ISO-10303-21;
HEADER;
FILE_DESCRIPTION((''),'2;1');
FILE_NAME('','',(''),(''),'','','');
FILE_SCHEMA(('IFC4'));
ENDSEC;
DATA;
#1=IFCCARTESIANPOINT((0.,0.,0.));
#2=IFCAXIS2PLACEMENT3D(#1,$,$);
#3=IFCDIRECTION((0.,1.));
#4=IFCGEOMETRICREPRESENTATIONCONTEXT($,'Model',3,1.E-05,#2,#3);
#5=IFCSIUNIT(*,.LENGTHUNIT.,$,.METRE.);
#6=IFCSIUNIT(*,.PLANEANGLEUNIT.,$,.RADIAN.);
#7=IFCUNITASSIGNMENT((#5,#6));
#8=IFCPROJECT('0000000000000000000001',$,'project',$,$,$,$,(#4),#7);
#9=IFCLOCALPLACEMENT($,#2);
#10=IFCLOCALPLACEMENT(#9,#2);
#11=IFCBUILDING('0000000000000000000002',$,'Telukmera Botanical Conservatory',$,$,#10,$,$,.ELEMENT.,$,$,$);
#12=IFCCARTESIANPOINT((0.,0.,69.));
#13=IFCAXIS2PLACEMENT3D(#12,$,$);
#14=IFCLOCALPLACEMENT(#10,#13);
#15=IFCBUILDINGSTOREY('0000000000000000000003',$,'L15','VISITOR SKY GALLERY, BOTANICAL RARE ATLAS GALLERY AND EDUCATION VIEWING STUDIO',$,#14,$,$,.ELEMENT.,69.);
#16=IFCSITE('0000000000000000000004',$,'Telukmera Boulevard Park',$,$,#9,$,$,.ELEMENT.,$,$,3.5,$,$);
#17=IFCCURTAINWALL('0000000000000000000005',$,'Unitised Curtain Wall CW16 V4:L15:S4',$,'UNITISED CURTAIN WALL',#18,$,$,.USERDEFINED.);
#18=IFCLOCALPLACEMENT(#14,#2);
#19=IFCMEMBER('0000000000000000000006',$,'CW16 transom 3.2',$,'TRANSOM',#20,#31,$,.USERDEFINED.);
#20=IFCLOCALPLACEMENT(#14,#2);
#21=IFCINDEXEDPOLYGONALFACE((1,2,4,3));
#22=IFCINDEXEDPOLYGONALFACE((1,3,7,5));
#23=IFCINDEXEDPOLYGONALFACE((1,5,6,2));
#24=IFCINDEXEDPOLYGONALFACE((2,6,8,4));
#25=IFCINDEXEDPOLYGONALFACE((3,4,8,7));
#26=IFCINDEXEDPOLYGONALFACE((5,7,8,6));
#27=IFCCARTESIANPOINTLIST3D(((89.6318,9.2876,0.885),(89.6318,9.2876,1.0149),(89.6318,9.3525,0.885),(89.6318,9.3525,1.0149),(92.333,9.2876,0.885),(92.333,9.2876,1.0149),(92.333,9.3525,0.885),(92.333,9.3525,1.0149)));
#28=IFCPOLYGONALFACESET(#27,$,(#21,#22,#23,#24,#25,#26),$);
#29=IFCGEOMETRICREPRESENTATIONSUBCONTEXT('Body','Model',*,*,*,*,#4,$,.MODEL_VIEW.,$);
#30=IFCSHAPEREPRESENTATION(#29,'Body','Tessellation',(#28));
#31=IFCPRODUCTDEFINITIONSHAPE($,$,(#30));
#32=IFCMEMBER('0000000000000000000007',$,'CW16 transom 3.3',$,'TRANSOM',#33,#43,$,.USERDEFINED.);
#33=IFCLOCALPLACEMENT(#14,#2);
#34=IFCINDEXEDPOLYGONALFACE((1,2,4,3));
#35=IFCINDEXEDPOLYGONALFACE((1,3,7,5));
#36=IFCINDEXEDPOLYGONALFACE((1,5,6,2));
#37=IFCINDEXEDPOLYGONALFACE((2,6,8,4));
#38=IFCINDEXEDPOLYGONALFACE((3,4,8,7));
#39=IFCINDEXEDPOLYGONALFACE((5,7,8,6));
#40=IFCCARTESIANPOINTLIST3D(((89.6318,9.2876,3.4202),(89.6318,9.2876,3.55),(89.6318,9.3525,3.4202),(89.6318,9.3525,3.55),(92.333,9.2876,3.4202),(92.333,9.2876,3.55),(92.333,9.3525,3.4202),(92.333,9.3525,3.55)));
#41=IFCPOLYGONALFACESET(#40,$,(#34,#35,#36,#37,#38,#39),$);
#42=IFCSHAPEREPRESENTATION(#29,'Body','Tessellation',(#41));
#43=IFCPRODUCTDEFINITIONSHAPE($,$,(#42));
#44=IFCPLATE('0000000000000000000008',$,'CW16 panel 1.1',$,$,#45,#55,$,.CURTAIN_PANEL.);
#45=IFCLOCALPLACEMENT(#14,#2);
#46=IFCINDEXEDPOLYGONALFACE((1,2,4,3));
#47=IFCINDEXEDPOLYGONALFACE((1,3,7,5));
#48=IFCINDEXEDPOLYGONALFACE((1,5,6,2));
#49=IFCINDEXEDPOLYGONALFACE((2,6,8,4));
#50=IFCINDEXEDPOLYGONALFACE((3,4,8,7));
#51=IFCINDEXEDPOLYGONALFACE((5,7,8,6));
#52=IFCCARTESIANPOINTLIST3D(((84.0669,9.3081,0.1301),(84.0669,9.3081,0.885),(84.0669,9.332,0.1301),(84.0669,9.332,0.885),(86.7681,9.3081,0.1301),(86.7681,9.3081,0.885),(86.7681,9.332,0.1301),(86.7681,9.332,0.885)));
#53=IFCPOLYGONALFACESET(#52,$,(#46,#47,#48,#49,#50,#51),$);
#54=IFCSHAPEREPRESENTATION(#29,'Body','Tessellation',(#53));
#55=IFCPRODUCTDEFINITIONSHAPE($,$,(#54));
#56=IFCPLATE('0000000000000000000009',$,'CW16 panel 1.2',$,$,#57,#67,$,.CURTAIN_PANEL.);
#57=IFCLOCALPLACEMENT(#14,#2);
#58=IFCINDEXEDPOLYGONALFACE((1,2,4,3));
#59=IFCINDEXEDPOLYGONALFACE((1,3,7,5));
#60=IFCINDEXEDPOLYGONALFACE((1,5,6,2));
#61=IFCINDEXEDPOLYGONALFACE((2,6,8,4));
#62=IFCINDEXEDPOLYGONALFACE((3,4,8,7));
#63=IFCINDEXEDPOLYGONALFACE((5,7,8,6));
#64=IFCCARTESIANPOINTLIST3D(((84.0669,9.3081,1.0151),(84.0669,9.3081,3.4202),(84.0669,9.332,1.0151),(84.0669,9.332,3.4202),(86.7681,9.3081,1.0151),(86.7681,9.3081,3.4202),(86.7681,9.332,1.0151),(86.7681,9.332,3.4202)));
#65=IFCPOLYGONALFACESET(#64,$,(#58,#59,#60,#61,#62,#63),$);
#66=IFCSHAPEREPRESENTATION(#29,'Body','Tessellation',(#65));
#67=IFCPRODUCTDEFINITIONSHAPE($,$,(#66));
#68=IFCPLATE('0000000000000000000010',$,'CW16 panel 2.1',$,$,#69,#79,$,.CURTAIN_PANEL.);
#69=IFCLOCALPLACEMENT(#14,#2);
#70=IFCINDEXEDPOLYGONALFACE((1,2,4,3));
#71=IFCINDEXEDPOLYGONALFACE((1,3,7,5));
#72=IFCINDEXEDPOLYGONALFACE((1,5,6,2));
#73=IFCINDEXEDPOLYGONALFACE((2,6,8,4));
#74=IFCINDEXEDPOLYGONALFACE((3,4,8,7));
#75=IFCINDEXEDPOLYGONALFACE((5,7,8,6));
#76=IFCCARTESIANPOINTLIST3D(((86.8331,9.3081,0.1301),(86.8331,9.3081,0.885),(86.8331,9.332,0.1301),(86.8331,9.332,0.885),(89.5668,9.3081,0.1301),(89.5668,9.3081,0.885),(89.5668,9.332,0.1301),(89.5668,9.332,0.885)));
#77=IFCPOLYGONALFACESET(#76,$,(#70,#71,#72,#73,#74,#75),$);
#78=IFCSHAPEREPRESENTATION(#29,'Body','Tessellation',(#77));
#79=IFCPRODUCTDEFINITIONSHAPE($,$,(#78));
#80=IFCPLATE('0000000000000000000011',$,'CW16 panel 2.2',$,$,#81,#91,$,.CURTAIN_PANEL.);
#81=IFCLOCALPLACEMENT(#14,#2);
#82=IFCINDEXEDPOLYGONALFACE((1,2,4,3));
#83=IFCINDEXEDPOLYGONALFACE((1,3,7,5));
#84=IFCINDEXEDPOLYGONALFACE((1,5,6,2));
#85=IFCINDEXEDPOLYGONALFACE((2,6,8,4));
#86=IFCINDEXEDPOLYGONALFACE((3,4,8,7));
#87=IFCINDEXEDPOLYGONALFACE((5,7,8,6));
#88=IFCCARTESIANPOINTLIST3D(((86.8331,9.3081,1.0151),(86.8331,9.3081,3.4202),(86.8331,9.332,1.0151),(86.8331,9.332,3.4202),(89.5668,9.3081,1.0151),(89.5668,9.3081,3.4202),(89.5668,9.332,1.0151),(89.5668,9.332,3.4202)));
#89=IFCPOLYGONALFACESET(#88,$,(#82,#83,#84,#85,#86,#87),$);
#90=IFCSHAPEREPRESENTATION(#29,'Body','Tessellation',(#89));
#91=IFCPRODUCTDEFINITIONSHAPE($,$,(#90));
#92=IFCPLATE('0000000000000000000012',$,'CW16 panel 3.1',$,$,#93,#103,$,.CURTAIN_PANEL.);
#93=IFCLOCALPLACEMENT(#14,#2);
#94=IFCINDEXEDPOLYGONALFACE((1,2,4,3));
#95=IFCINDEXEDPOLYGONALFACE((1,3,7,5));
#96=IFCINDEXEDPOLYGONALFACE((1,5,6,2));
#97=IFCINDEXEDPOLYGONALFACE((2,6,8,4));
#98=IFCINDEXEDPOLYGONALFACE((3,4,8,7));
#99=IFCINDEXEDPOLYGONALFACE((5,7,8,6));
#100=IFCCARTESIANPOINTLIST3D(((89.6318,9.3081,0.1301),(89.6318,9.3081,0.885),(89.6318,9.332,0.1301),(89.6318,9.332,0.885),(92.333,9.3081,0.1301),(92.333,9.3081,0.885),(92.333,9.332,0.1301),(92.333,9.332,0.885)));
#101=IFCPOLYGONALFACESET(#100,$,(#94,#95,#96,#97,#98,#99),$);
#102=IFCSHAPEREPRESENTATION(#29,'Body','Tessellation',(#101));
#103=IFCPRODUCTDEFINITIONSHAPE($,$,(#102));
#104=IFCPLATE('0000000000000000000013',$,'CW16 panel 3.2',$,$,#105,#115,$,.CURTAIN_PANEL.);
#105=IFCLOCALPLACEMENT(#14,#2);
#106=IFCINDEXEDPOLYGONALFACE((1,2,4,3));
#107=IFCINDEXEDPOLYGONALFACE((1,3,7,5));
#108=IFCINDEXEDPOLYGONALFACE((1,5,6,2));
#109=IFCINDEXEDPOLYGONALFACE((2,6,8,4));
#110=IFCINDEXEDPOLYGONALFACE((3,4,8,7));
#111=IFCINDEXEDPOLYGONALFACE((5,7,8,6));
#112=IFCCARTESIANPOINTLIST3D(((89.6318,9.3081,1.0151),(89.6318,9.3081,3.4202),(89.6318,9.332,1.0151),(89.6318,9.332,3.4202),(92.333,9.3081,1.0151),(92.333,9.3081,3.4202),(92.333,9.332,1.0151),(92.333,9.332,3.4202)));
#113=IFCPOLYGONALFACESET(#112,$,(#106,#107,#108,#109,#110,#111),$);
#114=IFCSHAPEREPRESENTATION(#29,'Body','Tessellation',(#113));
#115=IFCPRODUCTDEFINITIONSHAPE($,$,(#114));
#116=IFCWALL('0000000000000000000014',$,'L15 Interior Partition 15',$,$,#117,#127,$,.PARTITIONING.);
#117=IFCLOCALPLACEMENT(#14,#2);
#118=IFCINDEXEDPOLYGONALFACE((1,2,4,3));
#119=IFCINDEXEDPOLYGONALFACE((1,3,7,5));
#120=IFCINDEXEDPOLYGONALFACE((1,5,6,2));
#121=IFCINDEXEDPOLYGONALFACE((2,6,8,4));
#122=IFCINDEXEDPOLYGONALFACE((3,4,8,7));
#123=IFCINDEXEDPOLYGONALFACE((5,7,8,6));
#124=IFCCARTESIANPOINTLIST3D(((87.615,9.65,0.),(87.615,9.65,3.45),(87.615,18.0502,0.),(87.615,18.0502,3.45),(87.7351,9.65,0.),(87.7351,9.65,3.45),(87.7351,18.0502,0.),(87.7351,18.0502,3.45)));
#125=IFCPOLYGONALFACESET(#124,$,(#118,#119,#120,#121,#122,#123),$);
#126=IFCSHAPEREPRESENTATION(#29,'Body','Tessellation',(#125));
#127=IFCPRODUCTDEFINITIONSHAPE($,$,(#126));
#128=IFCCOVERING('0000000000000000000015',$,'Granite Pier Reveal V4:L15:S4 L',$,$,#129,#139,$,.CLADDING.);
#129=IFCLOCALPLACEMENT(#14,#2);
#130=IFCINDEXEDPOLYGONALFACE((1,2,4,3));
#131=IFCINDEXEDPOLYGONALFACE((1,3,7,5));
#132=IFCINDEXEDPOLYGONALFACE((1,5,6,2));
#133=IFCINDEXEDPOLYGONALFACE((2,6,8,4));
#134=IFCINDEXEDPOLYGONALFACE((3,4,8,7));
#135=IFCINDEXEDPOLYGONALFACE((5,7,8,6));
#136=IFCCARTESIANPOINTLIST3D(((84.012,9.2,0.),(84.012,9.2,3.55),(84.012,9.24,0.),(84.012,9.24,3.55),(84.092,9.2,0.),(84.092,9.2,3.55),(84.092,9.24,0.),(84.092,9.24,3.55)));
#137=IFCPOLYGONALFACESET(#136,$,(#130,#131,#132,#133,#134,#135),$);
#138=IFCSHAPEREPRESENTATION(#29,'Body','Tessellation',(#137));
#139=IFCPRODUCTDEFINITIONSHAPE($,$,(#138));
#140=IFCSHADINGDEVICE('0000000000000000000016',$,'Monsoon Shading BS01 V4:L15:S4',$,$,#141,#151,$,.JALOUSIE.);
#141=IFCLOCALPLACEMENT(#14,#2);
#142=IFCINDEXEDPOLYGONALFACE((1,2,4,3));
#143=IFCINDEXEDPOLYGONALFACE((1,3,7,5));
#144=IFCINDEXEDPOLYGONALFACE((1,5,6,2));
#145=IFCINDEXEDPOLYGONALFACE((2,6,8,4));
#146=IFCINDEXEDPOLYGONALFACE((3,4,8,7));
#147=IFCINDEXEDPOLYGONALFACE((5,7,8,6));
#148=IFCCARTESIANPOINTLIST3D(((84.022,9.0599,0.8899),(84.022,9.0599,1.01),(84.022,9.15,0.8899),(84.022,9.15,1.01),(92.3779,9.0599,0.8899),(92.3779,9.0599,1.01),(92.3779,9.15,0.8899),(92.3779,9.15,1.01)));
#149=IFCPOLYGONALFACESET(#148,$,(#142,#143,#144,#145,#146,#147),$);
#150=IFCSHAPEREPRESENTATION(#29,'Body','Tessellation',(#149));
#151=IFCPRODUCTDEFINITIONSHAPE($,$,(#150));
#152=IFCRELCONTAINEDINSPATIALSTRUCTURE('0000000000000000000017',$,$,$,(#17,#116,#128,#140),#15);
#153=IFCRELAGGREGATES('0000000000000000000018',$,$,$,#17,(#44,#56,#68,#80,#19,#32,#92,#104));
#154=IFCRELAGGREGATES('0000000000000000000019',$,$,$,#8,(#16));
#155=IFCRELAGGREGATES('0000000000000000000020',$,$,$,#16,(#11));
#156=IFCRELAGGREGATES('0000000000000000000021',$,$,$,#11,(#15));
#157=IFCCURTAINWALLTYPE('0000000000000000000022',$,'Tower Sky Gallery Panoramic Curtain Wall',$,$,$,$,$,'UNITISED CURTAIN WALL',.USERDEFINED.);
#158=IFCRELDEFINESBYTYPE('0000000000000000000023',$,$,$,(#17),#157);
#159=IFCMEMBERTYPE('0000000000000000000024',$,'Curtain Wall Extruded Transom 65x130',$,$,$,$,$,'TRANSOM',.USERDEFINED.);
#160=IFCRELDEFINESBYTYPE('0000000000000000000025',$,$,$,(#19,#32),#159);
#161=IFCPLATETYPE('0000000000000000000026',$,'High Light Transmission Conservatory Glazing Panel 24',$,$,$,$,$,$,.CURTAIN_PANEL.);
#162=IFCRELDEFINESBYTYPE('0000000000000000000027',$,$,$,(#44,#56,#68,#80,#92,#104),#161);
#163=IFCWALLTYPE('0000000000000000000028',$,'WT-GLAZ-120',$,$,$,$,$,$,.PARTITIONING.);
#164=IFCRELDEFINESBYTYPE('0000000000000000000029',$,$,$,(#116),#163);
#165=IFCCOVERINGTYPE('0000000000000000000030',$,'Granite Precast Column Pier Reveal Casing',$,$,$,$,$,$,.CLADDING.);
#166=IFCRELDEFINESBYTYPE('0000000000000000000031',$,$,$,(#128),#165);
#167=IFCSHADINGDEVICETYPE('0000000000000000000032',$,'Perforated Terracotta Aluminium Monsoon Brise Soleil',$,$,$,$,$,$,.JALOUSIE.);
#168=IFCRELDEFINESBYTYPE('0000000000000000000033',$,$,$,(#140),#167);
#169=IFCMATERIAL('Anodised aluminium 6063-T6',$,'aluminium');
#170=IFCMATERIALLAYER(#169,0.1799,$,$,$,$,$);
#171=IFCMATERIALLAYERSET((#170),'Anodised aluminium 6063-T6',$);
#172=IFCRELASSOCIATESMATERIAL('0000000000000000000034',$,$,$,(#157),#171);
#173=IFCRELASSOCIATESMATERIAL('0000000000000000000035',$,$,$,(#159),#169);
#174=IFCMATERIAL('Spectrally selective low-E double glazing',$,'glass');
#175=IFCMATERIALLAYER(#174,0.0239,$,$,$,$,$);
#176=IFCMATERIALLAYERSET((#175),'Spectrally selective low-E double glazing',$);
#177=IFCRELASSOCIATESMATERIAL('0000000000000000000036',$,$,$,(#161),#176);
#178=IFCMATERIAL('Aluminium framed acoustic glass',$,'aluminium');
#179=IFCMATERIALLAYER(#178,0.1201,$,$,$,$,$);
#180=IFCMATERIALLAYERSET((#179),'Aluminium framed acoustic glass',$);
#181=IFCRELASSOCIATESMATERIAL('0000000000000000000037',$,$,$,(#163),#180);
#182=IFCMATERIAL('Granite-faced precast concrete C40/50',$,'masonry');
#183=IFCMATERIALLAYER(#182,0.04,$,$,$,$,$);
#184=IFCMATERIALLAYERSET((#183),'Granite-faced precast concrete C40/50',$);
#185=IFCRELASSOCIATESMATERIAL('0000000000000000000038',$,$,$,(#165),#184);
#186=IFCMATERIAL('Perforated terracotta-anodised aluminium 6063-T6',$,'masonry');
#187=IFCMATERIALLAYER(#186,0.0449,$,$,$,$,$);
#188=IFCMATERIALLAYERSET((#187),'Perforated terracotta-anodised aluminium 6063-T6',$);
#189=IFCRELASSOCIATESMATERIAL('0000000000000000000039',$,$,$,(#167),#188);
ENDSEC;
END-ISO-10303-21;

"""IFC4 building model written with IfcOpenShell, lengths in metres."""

from ifc_helpers import new_model, si_unit, direction, frame, frame_2d, origin, origin_2d, place, context, subcontext, project, spatial, rectangle, extrude, material, layer, layer_set, material_profile, profile_set, type_object, element, aggregate, save


model = new_model("IFC4")

# Units and contexts
model_context = context("Model", 3, precision=1e-05, world=origin(), true_north=direction((0.0, 1.0)))
body_context = subcontext(model_context, "Body", "Model", "MODEL_VIEW")
ifc_project = project(units=[si_unit("LENGTHUNIT", "METRE"), si_unit("PLANEANGLEUNIT", "RADIAN")], contexts=[model_context])

# Site, building, storey
site_placement = place(None, origin())
site = spatial("IfcSite", under=ifc_project, at=site_placement, Name="Telukmera Boulevard Park", CompositionType="ELEMENT", RefElevation=3.5)
building_placement = place(site_placement, origin())
building = spatial("IfcBuilding", under=site, at=building_placement, Name="Telukmera Botanical Conservatory", CompositionType="ELEMENT")
storey_placement = place(building_placement, frame((0.0, 0.0, 69.0)))
storey = spatial("IfcBuildingStorey", under=building, at=storey_placement, Name="L15", Description="VISITOR SKY GALLERY, BOTANICAL RARE ATLAS GALLERY AND EDUCATION VIEWING STUDIO", CompositionType="ELEMENT", Elevation=69.0)

# Curtain wall, members, plates
ifc_material_1 = material(Name="Anodised aluminium 6063-T6", Category="aluminium")
ifc_layer_1 = layer(ifc_material_1, 0.1799)
ifc_layer_set_1 = layer_set([ifc_layer_1], Name="Anodised aluminium 6063-T6")
curtain_wall_type = type_object("IfcCurtainWallType", Name="Tower Sky Gallery Panoramic Curtain Wall", ElementType="UNITISED CURTAIN WALL", PredefinedType="USERDEFINED", material=ifc_layer_set_1)
curtain_wall_placement = place(storey_placement, origin())
curtain_wall = element("IfcCurtainWall", 1, at=curtain_wall_placement, inside=storey, type_object=curtain_wall_type, Name="Unitised Curtain Wall CW16 V4:L15:S4", ObjectType="UNITISED CURTAIN WALL", PredefinedType="USERDEFINED")
ifc_material_profile_1 = material_profile(ifc_material_1, rectangle(XDim=0.0649, YDim=0.1299, at=origin_2d()), Name="ALU TRAN 65x130")
ifc_profile_set_1 = profile_set([ifc_material_profile_1], Name="Anodised aluminium 6063-T6")
member_type_1 = type_object("IfcMemberType", Name="Curtain Wall Extruded Transom 65x130", ElementType="TRANSOM", PredefinedType="USERDEFINED", material=ifc_profile_set_1)
member_1_placement = place(storey_placement, frame((89.6318, 9.3201, 0.95), z_axis=(1.0, 0.0, 0.0), x_axis=(0.0, 1.0, 0.0)))
member_1 = element("IfcMember", 2, at=member_1_placement, type_object=member_type_1, Name="CW16 transom 3.2", ObjectType="TRANSOM", PredefinedType="USERDEFINED", context=body_context, shape_type="SweptSolid", body=[
    extrude(rectangle(XDim=0.0649, YDim=0.1299, at=origin_2d()), origin(), (0.0, 0.0, 1.0), 2.7012),
])
member_2_placement = place(storey_placement, frame((89.6318, 9.3201, 3.4851), z_axis=(1.0, 0.0, 0.0), x_axis=(0.0, 1.0, 0.0)))
member_2 = element("IfcMember", 3, at=member_2_placement, type_object=member_type_1, Name="CW16 transom 3.3", ObjectType="TRANSOM", PredefinedType="USERDEFINED", context=body_context, shape_type="SweptSolid", body=[
    extrude(rectangle(XDim=0.0649, YDim=0.1299, at=origin_2d()), origin(), (0.0, 0.0, 1.0), 2.7012),
])
ifc_material_2 = material(Name="Spectrally selective low-E double glazing", Category="glass")
ifc_layer_2 = layer(ifc_material_2, 0.0239)
ifc_layer_set_2 = layer_set([ifc_layer_2], Name="Spectrally selective low-E double glazing")
plate_type = type_object("IfcPlateType", Name="High Light Transmission Conservatory Glazing Panel 24", PredefinedType="CURTAIN_PANEL", material=ifc_layer_set_2)
plate_1_placement = place(storey_placement, frame((85.4175, 9.3201, 0.1301), z_axis=(0.0, 0.0, 1.0), x_axis=(1.0, 0.0, 0.0)))
plate_1 = element("IfcPlate", 4, at=plate_1_placement, type_object=plate_type, Name="CW16 panel 1.1", PredefinedType="CURTAIN_PANEL", context=body_context, shape_type="SweptSolid", body=[
    extrude(rectangle(XDim=2.7012, YDim=0.0239, at=origin_2d()), origin(), (0.0, 0.0, 1.0), 0.7549),
])
plate_2_placement = place(storey_placement, frame((85.4175, 9.3201, 1.0151), z_axis=(0.0, 0.0, 1.0), x_axis=(1.0, 0.0, 0.0)))
plate_2 = element("IfcPlate", 5, at=plate_2_placement, type_object=plate_type, Name="CW16 panel 1.2", PredefinedType="CURTAIN_PANEL", context=body_context, shape_type="SweptSolid", body=[
    extrude(rectangle(XDim=2.7012, YDim=0.0239, at=origin_2d()), origin(), (0.0, 0.0, 1.0), 2.405),
])
plate_3_placement = place(storey_placement, frame((88.2, 9.3201, 0.1301), z_axis=(0.0, 0.0, 1.0), x_axis=(1.0, 0.0, 0.0)))
plate_3 = element("IfcPlate", 6, at=plate_3_placement, type_object=plate_type, Name="CW16 panel 2.1", PredefinedType="CURTAIN_PANEL", context=body_context, shape_type="SweptSolid", body=[
    extrude(rectangle(XDim=2.7336, YDim=0.0239, at=origin_2d()), origin(), (0.0, 0.0, 1.0), 0.7549),
])
plate_4_placement = place(storey_placement, frame((88.2, 9.3201, 1.0151), z_axis=(0.0, 0.0, 1.0), x_axis=(1.0, 0.0, 0.0)))
plate_4 = element("IfcPlate", 7, at=plate_4_placement, type_object=plate_type, Name="CW16 panel 2.2", PredefinedType="CURTAIN_PANEL", context=body_context, shape_type="SweptSolid", body=[
    extrude(rectangle(XDim=2.7336, YDim=0.0239, at=origin_2d()), origin(), (0.0, 0.0, 1.0), 2.405),
])
plate_5_placement = place(storey_placement, frame((90.9824, 9.3201, 0.1301), z_axis=(0.0, 0.0, 1.0), x_axis=(1.0, 0.0, 0.0)))
plate_5 = element("IfcPlate", 8, at=plate_5_placement, type_object=plate_type, Name="CW16 panel 3.1", PredefinedType="CURTAIN_PANEL", context=body_context, shape_type="SweptSolid", body=[
    extrude(rectangle(XDim=2.7012, YDim=0.0239, at=origin_2d()), origin(), (0.0, 0.0, 1.0), 0.7549),
])
plate_6_placement = place(storey_placement, frame((90.9824, 9.3201, 1.0151), z_axis=(0.0, 0.0, 1.0), x_axis=(1.0, 0.0, 0.0)))
plate_6 = element("IfcPlate", 9, at=plate_6_placement, type_object=plate_type, Name="CW16 panel 3.2", PredefinedType="CURTAIN_PANEL", context=body_context, shape_type="SweptSolid", body=[
    extrude(rectangle(XDim=2.7012, YDim=0.0239, at=origin_2d()), origin(), (0.0, 0.0, 1.0), 2.405),
])
aggregate(curtain_wall, [plate_1, plate_2, plate_3, plate_4, member_1, member_2, plate_5, plate_6])

# Wall
ifc_material_3 = material(Name="Aluminium framed acoustic glass", Category="aluminium")
ifc_layer_3 = layer(ifc_material_3, 0.1201)
ifc_layer_set_3 = layer_set([ifc_layer_3], Name="Aluminium framed acoustic glass")
wall_type = type_object("IfcWallType", Name="WT-GLAZ-120", PredefinedType="PARTITIONING", material=ifc_layer_set_3)
wall_placement = place(storey_placement, frame((87.675, 9.6499, 0.0), z_axis=(0.0, 0.0, 1.0), x_axis=(0.0, 1.0, 0.0)))
element("IfcWall", 10, at=wall_placement, inside=storey, type_object=wall_type, Name="L15 Interior Partition 15", PredefinedType="PARTITIONING", context=body_context, shape_type="SweptSolid", body=[
    extrude(rectangle(XDim=8.4001, YDim=0.1201, at=frame_2d((4.2002, 0.0))), origin(), (0.0, 0.0, 1.0), 3.45),
])

# Covering
ifc_material_4 = material(Name="Granite-faced precast concrete C40/50", Category="masonry")
ifc_layer_4 = layer(ifc_material_4, 0.04)
ifc_layer_set_4 = layer_set([ifc_layer_4], Name="Granite-faced precast concrete C40/50")
covering_type = type_object("IfcCoveringType", Name="Granite Precast Column Pier Reveal Casing", PredefinedType="CLADDING", material=ifc_layer_set_4)
covering_placement = place(storey_placement, frame((84.052, 9.22, 0.0), z_axis=(0.0, 0.0, 1.0), x_axis=(1.0, 0.0, 0.0)))
element("IfcCovering", 11, at=covering_placement, inside=storey, type_object=covering_type, Name="Granite Pier Reveal V4:L15:S4 L", PredefinedType="CLADDING", context=body_context, shape_type="SweptSolid", body=[
    extrude(rectangle(XDim=0.0801, YDim=0.04, at=origin_2d()), origin(), (0.0, 0.0, 1.0), 3.55),
])

# Shading device
ifc_material_5 = material(Name="Perforated terracotta-anodised aluminium 6063-T6", Category="masonry")
ifc_layer_5 = layer(ifc_material_5, 0.0449)
ifc_layer_set_5 = layer_set([ifc_layer_5], Name="Perforated terracotta-anodised aluminium 6063-T6")
shading_device_type = type_object("IfcShadingDeviceType", Name="Perforated Terracotta Aluminium Monsoon Brise Soleil", PredefinedType="JALOUSIE", material=ifc_layer_set_5)
shading_device_placement = place(storey_placement, frame((88.2, 9.105, 0.8899), z_axis=(0.0, 0.0, 1.0), x_axis=(1.0, 0.0, 0.0)))
element("IfcShadingDevice", 12, at=shading_device_placement, inside=storey, type_object=shading_device_type, Name="Monsoon Shading BS01 V4:L15:S4", PredefinedType="JALOUSIE", context=body_context, shape_type="SweptSolid", body=[
    extrude(rectangle(XDim=8.356, YDim=0.0901, at=origin_2d()), origin(), (0.0, 0.0, 1.0), 0.1201),
])

save(model, "model.ifc")
